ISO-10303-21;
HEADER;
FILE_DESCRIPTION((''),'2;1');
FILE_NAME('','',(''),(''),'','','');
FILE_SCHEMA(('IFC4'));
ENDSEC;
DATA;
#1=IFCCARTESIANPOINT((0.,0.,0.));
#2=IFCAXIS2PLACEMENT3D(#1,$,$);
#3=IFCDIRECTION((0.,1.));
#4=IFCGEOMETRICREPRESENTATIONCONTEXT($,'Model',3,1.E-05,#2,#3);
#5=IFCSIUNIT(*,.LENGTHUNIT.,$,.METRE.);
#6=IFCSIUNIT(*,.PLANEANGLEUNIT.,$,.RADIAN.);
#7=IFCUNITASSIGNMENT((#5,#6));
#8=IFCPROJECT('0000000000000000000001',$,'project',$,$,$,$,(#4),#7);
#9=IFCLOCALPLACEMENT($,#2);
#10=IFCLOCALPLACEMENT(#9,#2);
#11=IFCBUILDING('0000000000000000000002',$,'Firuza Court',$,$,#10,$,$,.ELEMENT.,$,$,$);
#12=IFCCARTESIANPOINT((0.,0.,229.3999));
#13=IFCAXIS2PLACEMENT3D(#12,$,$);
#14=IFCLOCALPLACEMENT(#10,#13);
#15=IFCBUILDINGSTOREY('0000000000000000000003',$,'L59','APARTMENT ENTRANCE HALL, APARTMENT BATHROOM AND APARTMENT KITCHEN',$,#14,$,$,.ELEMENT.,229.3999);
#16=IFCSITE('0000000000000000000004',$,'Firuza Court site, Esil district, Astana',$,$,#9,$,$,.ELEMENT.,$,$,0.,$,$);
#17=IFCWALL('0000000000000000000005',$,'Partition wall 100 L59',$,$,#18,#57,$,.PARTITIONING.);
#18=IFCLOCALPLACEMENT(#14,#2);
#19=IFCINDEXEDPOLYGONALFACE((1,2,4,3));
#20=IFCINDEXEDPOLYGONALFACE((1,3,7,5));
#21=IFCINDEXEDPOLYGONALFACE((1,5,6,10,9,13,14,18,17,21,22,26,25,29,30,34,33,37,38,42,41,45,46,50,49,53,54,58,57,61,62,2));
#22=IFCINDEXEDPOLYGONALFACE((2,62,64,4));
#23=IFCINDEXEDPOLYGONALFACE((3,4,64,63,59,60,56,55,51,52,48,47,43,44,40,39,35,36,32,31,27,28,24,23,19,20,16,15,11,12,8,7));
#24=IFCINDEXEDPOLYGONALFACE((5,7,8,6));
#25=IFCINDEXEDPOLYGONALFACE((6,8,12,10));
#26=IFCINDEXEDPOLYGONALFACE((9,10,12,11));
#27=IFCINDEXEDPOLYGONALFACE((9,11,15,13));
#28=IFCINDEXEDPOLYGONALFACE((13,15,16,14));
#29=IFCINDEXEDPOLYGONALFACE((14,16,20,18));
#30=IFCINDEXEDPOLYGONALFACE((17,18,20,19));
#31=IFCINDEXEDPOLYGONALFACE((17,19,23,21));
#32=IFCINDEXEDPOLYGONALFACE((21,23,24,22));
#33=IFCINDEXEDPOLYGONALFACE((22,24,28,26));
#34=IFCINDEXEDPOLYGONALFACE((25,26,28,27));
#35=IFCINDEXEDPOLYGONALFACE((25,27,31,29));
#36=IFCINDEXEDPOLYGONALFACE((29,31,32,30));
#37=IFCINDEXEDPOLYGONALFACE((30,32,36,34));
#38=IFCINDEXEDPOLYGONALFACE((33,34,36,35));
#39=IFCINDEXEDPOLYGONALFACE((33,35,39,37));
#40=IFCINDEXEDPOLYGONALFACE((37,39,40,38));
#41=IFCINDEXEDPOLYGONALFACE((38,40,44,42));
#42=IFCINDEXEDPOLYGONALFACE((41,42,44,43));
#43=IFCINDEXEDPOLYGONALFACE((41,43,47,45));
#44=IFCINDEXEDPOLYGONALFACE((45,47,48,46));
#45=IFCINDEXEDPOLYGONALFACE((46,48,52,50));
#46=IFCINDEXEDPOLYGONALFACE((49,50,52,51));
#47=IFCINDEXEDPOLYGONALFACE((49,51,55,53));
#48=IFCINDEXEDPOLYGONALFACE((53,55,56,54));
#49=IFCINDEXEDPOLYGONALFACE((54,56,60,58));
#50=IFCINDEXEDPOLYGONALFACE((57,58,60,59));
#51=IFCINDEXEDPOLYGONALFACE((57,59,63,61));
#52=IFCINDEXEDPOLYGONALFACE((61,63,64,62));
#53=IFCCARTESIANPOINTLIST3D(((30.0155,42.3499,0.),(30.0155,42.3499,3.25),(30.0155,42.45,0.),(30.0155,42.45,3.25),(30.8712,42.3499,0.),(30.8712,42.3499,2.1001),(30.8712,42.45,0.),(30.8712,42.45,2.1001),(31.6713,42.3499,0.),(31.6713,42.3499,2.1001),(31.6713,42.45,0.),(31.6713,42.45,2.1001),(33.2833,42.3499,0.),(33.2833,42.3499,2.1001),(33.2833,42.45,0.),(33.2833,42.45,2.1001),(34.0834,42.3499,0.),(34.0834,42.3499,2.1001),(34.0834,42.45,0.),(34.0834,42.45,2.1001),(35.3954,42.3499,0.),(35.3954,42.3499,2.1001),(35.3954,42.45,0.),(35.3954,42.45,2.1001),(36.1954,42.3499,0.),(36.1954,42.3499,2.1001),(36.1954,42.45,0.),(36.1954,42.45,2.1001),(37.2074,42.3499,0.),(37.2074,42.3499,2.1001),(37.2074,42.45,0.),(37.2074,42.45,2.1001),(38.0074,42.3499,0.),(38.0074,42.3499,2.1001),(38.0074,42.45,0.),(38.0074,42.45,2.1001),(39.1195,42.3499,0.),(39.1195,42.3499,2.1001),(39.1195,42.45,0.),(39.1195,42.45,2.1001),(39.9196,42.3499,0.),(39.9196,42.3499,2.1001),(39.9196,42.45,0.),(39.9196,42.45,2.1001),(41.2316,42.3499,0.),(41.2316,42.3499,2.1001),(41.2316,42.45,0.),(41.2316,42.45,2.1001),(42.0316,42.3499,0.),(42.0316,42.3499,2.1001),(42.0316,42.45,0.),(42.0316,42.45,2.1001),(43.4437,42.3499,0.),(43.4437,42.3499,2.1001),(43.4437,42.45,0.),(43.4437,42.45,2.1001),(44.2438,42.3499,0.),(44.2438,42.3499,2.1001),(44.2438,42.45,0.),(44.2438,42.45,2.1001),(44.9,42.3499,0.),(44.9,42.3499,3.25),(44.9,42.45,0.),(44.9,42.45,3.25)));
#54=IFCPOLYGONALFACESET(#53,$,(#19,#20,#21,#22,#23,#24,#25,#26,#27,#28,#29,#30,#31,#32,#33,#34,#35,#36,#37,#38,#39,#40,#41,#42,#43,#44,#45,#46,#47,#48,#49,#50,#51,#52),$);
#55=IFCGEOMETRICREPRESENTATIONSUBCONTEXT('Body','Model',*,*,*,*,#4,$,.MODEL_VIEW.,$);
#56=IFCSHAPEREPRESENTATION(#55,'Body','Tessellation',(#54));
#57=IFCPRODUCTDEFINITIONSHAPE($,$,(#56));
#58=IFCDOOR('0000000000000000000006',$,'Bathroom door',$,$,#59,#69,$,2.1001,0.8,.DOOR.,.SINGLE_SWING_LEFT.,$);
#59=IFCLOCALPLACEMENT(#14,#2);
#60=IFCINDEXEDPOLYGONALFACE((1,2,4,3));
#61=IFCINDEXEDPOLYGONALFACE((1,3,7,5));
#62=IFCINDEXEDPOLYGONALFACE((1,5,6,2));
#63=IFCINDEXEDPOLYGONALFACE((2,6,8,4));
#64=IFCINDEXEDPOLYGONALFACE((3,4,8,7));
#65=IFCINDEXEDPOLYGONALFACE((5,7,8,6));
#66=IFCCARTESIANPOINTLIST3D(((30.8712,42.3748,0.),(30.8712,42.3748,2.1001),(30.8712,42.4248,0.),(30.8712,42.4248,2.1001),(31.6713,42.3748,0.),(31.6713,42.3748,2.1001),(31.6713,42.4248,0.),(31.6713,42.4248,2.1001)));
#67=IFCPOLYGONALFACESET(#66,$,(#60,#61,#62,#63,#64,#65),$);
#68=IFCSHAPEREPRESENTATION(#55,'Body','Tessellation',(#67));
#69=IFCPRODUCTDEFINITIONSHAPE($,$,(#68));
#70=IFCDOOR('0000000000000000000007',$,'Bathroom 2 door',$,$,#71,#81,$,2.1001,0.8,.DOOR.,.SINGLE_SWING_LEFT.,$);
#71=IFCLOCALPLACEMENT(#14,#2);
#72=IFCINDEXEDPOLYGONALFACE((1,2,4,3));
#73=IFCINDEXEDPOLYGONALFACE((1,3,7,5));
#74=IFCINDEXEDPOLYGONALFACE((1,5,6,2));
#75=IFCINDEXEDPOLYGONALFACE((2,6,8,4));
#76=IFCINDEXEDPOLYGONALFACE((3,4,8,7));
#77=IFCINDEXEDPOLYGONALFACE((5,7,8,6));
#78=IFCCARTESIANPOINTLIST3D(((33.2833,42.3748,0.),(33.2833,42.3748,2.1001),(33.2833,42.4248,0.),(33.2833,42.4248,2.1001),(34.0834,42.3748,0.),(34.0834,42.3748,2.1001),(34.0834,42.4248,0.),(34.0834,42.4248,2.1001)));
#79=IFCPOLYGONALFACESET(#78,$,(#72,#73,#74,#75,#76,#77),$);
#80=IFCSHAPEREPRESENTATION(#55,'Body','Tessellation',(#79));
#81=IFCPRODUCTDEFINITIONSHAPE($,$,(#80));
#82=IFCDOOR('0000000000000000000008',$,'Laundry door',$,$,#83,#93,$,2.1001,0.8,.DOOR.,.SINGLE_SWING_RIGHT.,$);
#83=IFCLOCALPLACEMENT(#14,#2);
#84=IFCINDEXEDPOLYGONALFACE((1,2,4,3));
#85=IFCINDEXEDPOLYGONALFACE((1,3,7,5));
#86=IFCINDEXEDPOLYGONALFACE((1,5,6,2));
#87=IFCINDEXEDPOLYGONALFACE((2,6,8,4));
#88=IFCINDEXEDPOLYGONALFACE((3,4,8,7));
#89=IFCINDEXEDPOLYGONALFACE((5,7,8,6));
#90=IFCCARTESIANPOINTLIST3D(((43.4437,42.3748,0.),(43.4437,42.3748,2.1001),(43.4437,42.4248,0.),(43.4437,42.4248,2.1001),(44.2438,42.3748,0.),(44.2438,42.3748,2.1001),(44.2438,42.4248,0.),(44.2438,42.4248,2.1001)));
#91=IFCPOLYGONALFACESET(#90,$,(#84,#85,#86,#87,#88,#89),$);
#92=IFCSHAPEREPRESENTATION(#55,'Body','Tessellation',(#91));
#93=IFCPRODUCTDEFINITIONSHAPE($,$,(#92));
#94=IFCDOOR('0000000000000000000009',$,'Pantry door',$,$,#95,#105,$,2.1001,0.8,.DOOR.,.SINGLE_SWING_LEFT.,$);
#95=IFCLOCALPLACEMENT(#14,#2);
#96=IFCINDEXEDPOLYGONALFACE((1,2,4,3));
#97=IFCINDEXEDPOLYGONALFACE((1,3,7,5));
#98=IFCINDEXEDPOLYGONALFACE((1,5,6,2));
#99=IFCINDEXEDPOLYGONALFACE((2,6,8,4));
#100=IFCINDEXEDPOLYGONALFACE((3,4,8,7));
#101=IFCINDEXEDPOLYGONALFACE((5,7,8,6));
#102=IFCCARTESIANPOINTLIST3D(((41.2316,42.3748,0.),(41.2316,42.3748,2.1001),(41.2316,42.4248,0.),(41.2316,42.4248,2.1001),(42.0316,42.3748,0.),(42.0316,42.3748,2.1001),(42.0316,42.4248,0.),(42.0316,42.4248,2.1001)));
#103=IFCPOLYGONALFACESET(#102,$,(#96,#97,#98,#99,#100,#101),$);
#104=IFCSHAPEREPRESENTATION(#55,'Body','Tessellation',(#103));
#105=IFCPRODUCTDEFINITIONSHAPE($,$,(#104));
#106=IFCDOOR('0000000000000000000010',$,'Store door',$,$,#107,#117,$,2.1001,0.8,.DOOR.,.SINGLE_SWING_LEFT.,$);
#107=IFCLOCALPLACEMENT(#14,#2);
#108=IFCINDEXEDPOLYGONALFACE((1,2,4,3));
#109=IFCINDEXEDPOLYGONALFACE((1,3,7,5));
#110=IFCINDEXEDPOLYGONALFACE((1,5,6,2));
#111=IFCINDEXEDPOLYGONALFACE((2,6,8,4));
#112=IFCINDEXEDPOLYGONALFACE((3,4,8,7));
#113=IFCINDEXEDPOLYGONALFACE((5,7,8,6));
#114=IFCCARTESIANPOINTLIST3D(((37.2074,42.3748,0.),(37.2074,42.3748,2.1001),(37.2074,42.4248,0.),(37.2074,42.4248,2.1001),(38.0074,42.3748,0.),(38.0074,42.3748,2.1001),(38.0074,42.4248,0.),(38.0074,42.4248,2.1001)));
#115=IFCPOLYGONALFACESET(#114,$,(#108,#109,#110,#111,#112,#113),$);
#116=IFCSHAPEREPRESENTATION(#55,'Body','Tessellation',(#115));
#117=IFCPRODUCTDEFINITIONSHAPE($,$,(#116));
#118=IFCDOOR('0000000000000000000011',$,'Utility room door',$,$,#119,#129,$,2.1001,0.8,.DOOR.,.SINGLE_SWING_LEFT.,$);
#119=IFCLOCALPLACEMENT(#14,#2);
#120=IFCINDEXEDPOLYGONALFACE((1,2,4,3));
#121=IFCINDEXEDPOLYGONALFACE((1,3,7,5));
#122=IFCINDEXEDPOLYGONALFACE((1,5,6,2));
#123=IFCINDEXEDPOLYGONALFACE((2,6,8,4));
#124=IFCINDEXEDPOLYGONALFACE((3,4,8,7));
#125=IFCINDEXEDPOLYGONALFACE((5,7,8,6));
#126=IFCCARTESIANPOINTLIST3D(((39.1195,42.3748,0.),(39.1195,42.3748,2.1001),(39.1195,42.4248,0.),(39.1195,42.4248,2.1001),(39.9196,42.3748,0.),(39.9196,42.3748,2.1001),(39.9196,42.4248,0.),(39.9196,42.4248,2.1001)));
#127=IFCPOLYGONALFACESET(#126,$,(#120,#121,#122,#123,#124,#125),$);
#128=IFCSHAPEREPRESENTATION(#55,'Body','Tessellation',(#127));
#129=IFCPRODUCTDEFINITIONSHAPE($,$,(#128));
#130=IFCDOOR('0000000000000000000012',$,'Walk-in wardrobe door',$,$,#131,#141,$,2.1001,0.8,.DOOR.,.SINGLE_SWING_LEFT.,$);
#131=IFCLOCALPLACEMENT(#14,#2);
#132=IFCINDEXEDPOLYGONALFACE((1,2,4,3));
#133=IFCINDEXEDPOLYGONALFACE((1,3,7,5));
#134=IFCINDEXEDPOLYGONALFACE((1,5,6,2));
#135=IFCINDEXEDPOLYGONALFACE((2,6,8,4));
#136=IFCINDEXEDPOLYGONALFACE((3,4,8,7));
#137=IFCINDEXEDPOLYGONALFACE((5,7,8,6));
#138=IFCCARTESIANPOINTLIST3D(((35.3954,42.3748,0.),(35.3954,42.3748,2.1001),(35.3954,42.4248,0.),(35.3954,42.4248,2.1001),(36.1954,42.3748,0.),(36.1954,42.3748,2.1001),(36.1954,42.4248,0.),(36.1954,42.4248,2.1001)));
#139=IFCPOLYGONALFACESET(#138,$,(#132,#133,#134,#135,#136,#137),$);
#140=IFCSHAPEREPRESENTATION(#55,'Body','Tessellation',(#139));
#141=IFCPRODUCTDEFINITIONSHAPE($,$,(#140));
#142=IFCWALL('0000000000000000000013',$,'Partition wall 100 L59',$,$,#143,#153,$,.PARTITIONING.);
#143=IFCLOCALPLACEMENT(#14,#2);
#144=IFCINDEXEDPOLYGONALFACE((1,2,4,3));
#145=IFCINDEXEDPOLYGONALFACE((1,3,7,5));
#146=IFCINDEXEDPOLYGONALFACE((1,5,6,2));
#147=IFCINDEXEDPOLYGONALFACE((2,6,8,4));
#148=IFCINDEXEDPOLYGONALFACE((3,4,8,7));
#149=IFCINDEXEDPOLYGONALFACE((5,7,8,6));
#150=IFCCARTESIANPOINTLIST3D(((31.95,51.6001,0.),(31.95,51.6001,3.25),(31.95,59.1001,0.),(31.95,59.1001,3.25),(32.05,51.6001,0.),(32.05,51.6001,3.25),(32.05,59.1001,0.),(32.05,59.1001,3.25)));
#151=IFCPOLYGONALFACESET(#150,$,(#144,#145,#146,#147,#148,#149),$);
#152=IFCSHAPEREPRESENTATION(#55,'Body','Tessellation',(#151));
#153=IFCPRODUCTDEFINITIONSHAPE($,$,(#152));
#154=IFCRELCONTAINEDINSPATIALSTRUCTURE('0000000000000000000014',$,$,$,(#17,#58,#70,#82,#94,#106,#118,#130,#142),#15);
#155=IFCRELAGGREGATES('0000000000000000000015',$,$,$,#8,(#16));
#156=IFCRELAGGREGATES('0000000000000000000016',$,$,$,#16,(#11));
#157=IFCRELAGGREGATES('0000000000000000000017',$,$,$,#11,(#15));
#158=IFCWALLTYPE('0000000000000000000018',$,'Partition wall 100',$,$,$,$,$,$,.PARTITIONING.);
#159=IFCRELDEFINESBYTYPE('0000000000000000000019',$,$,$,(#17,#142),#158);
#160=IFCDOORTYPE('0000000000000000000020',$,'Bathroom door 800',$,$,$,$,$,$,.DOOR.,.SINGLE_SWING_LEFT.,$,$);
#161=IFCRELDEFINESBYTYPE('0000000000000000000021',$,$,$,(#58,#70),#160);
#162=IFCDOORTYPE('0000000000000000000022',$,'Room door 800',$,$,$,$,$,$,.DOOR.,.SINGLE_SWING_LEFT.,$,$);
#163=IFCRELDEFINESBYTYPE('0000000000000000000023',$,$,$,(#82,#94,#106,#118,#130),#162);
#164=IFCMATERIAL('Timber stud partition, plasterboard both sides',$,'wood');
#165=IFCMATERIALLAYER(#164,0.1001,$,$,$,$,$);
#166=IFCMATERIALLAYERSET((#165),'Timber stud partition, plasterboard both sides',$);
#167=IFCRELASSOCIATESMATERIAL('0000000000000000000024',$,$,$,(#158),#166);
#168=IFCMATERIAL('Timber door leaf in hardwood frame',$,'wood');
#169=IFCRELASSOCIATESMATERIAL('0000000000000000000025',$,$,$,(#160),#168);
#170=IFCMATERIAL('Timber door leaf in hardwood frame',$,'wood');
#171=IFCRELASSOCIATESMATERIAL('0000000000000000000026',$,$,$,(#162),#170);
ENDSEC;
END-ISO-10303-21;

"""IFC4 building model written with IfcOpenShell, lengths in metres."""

from ifc_helpers import new_model, si_unit, direction, frame, frame_2d, origin, place, context, subcontext, project, spatial, rectangle, extrude, material, layer, layer_set, type_object, element, fill, save


model = new_model("IFC4")

# Units and contexts
model_context = context("Model", 3, precision=1e-05, world=origin(), true_north=direction((0.0, 1.0)))
body_context = subcontext(model_context, "Body", "Model", "MODEL_VIEW")
ifc_project = project(units=[si_unit("LENGTHUNIT", "METRE"), si_unit("PLANEANGLEUNIT", "RADIAN")], contexts=[model_context])

# Site, building, storey
site_placement = place(None, origin())
site = spatial("IfcSite", under=ifc_project, at=site_placement, Name="Firuza Court site, Esil district, Astana", CompositionType="ELEMENT", RefElevation=0.0)
building_placement = place(site_placement, origin())
building = spatial("IfcBuilding", under=site, at=building_placement, Name="Firuza Court", CompositionType="ELEMENT")
storey_placement = place(building_placement, frame((0.0, 0.0, 229.3999)))
storey = spatial("IfcBuildingStorey", under=building, at=storey_placement, Name="L59", Description="APARTMENT ENTRANCE HALL, APARTMENT BATHROOM AND APARTMENT KITCHEN", CompositionType="ELEMENT", Elevation=229.3999)

# Wall, openings, doors
ifc_material_1 = material(Name="Timber stud partition, plasterboard both sides", Category="wood")
ifc_layer_1 = layer(ifc_material_1, 0.1001)
ifc_layer_set_1 = layer_set([ifc_layer_1], Name="Timber stud partition, plasterboard both sides")
wall_type_1 = type_object("IfcWallType", Name="Partition wall 100", PredefinedType="PARTITIONING", material=ifc_layer_set_1)
wall_1_placement = place(storey_placement, frame((30.0154, 42.3999, 0.0), z_axis=(0.0, 0.0, 1.0), x_axis=(1.0, 0.0, 0.0)))
wall_1 = element("IfcWall", 1, at=wall_1_placement, inside=storey, type_object=wall_type_1, Name="Partition wall 100 L59", PredefinedType="PARTITIONING", context=body_context, shape_type="SweptSolid", body=[
    extrude(rectangle(XDim=14.8845, YDim=0.1001, at=frame_2d((7.4424, 0.0))), origin(), (0.0, 0.0, 1.0), 3.25),
])
opening_1_placement = place(wall_1_placement, frame((0.856, 0.0, 0.0)))
opening_1 = element("IfcOpeningElement", 2, at=opening_1_placement, cuts=wall_1, PredefinedType="OPENING", context=body_context, shape_type="SweptSolid", body=[
    extrude(rectangle(XDim=0.8, YDim=2.1001, at=frame_2d((0.3999, 1.05))), frame((0.0, 0.062, 0.0), z_axis=(0.0, -1.0, 0.0), x_axis=(1.0, 0.0, 0.0)), (0.0, 0.0, 1.0), 0.124),
])
opening_2_placement = place(wall_1_placement, frame((3.2681, 0.0, 0.0)))
opening_2 = element("IfcOpeningElement", 3, at=opening_2_placement, cuts=wall_1, PredefinedType="OPENING", context=body_context, shape_type="SweptSolid", body=[
    extrude(rectangle(XDim=0.8, YDim=2.1001, at=frame_2d((0.3999, 1.05))), frame((0.0, 0.062, 0.0), z_axis=(0.0, -1.0, 0.0), x_axis=(1.0, 0.0, 0.0)), (0.0, 0.0, 1.0), 0.124),
])
opening_3_placement = place(wall_1_placement, frame((13.4285, 0.0, 0.0)))
opening_3 = element("IfcOpeningElement", 4, at=opening_3_placement, cuts=wall_1, PredefinedType="OPENING", context=body_context, shape_type="SweptSolid", body=[
    extrude(rectangle(XDim=0.8, YDim=2.1001, at=frame_2d((0.3999, 1.05))), frame((0.0, 0.062, 0.0), z_axis=(0.0, -1.0, 0.0), x_axis=(1.0, 0.0, 0.0)), (0.0, 0.0, 1.0), 0.124),
])
opening_4_placement = place(wall_1_placement, frame((11.2163, 0.0, 0.0)))
opening_4 = element("IfcOpeningElement", 5, at=opening_4_placement, cuts=wall_1, PredefinedType="OPENING", context=body_context, shape_type="SweptSolid", body=[
    extrude(rectangle(XDim=0.8, YDim=2.1001, at=frame_2d((0.3999, 1.05))), frame((0.0, 0.062, 0.0), z_axis=(0.0, -1.0, 0.0), x_axis=(1.0, 0.0, 0.0)), (0.0, 0.0, 1.0), 0.124),
])
opening_5_placement = place(wall_1_placement, frame((7.1921, 0.0, 0.0)))
opening_5 = element("IfcOpeningElement", 6, at=opening_5_placement, cuts=wall_1, PredefinedType="OPENING", context=body_context, shape_type="SweptSolid", body=[
    extrude(rectangle(XDim=0.8, YDim=2.1001, at=frame_2d((0.3999, 1.05))), frame((0.0, 0.062, 0.0), z_axis=(0.0, -1.0, 0.0), x_axis=(1.0, 0.0, 0.0)), (0.0, 0.0, 1.0), 0.124),
])
opening_6_placement = place(wall_1_placement, frame((9.1042, 0.0, 0.0)))
opening_6 = element("IfcOpeningElement", 7, at=opening_6_placement, cuts=wall_1, PredefinedType="OPENING", context=body_context, shape_type="SweptSolid", body=[
    extrude(rectangle(XDim=0.8, YDim=2.1001, at=frame_2d((0.3999, 1.05))), frame((0.0, 0.062, 0.0), z_axis=(0.0, -1.0, 0.0), x_axis=(1.0, 0.0, 0.0)), (0.0, 0.0, 1.0), 0.124),
])
opening_7_placement = place(wall_1_placement, frame((5.3801, 0.0, 0.0)))
opening_7 = element("IfcOpeningElement", 8, at=opening_7_placement, cuts=wall_1, PredefinedType="OPENING", context=body_context, shape_type="SweptSolid", body=[
    extrude(rectangle(XDim=0.8, YDim=2.1001, at=frame_2d((0.3999, 1.05))), frame((0.0, 0.062, 0.0), z_axis=(0.0, -1.0, 0.0), x_axis=(1.0, 0.0, 0.0)), (0.0, 0.0, 1.0), 0.124),
])
ifc_material_2 = material(Name="Timber door leaf in hardwood frame", Category="wood")
door_type_1 = type_object("IfcDoorType", Name="Bathroom door 800", OperationType="SINGLE_SWING_LEFT", PredefinedType="DOOR", material=ifc_material_2)
door_1_placement = place(opening_1_placement, origin())
door_1 = element("IfcDoor", 9, at=door_1_placement, inside=storey, type_object=door_type_1, Name="Bathroom door", OperationType="SINGLE_SWING_LEFT", OverallHeight=2.1001, OverallWidth=0.8, PredefinedType="DOOR", context=body_context, shape_type="SweptSolid", body=[
    extrude(rectangle(XDim=0.8, YDim=2.1001, at=frame_2d((0.3999, 1.05))), frame((0.0, 0.0249, 0.0), z_axis=(0.0, -1.0, 0.0), x_axis=(1.0, 0.0, 0.0)), (0.0, 0.0, 1.0), 0.05),
])
fill(opening_1, door_1)
door_2_placement = place(opening_2_placement, origin())
door_2 = element("IfcDoor", 10, at=door_2_placement, inside=storey, type_object=door_type_1, Name="Bathroom 2 door", OperationType="SINGLE_SWING_LEFT", OverallHeight=2.1001, OverallWidth=0.8, PredefinedType="DOOR", context=body_context, shape_type="SweptSolid", body=[
    extrude(rectangle(XDim=0.8, YDim=2.1001, at=frame_2d((0.3999, 1.05))), frame((0.0, 0.0249, 0.0), z_axis=(0.0, -1.0, 0.0), x_axis=(1.0, 0.0, 0.0)), (0.0, 0.0, 1.0), 0.05),
])
fill(opening_2, door_2)
ifc_material_3 = material(Name="Timber door leaf in hardwood frame", Category="wood")
door_type_2 = type_object("IfcDoorType", Name="Room door 800", OperationType="SINGLE_SWING_LEFT", PredefinedType="DOOR", material=ifc_material_3)
door_3_placement = place(opening_3_placement, origin())
door_3 = element("IfcDoor", 11, at=door_3_placement, inside=storey, type_object=door_type_2, Name="Laundry door", OperationType="SINGLE_SWING_RIGHT", OverallHeight=2.1001, OverallWidth=0.8, PredefinedType="DOOR", context=body_context, shape_type="SweptSolid", body=[
    extrude(rectangle(XDim=0.8, YDim=2.1001, at=frame_2d((0.3999, 1.05))), frame((0.0, 0.0249, 0.0), z_axis=(0.0, -1.0, 0.0), x_axis=(1.0, 0.0, 0.0)), (0.0, 0.0, 1.0), 0.05),
])
fill(opening_3, door_3)
door_4_placement = place(opening_4_placement, origin())
door_4 = element("IfcDoor", 12, at=door_4_placement, inside=storey, type_object=door_type_2, Name="Pantry door", OperationType="SINGLE_SWING_LEFT", OverallHeight=2.1001, OverallWidth=0.8, PredefinedType="DOOR", context=body_context, shape_type="SweptSolid", body=[
    extrude(rectangle(XDim=0.8, YDim=2.1001, at=frame_2d((0.3999, 1.05))), frame((0.0, 0.0249, 0.0), z_axis=(0.0, -1.0, 0.0), x_axis=(1.0, 0.0, 0.0)), (0.0, 0.0, 1.0), 0.05),
])
fill(opening_4, door_4)
door_5_placement = place(opening_5_placement, origin())
door_5 = element("IfcDoor", 13, at=door_5_placement, inside=storey, type_object=door_type_2, Name="Store door", OperationType="SINGLE_SWING_LEFT", OverallHeight=2.1001, OverallWidth=0.8, PredefinedType="DOOR", context=body_context, shape_type="SweptSolid", body=[
    extrude(rectangle(XDim=0.8, YDim=2.1001, at=frame_2d((0.3999, 1.05))), frame((0.0, 0.0249, 0.0), z_axis=(0.0, -1.0, 0.0), x_axis=(1.0, 0.0, 0.0)), (0.0, 0.0, 1.0), 0.05),
])
fill(opening_5, door_5)
door_6_placement = place(opening_6_placement, origin())
door_6 = element("IfcDoor", 14, at=door_6_placement, inside=storey, type_object=door_type_2, Name="Utility room door", OperationType="SINGLE_SWING_LEFT", OverallHeight=2.1001, OverallWidth=0.8, PredefinedType="DOOR", context=body_context, shape_type="SweptSolid", body=[
    extrude(rectangle(XDim=0.8, YDim=2.1001, at=frame_2d((0.3999, 1.05))), frame((0.0, 0.0249, 0.0), z_axis=(0.0, -1.0, 0.0), x_axis=(1.0, 0.0, 0.0)), (0.0, 0.0, 1.0), 0.05),
])
fill(opening_6, door_6)
door_7_placement = place(opening_7_placement, origin())
door_7 = element("IfcDoor", 15, at=door_7_placement, inside=storey, type_object=door_type_2, Name="Walk-in wardrobe door", OperationType="SINGLE_SWING_LEFT", OverallHeight=2.1001, OverallWidth=0.8, PredefinedType="DOOR", context=body_context, shape_type="SweptSolid", body=[
    extrude(rectangle(XDim=0.8, YDim=2.1001, at=frame_2d((0.3999, 1.05))), frame((0.0, 0.0249, 0.0), z_axis=(0.0, -1.0, 0.0), x_axis=(1.0, 0.0, 0.0)), (0.0, 0.0, 1.0), 0.05),
])
fill(opening_7, door_7)

# Wall
wall_2_placement = place(storey_placement, frame((32.0, 51.6001, 0.0), z_axis=(0.0, 0.0, 1.0), x_axis=(0.0, 1.0, 0.0)))
element("IfcWall", 16, at=wall_2_placement, inside=storey, type_object=wall_type_1, Name="Partition wall 100 L59", PredefinedType="PARTITIONING", context=body_context, shape_type="SweptSolid", body=[
    extrude(rectangle(XDim=7.5, YDim=0.1001, at=frame_2d((3.75, 0.0))), origin(), (0.0, 0.0, 1.0), 3.25),
])

save(model, "model.ifc")
